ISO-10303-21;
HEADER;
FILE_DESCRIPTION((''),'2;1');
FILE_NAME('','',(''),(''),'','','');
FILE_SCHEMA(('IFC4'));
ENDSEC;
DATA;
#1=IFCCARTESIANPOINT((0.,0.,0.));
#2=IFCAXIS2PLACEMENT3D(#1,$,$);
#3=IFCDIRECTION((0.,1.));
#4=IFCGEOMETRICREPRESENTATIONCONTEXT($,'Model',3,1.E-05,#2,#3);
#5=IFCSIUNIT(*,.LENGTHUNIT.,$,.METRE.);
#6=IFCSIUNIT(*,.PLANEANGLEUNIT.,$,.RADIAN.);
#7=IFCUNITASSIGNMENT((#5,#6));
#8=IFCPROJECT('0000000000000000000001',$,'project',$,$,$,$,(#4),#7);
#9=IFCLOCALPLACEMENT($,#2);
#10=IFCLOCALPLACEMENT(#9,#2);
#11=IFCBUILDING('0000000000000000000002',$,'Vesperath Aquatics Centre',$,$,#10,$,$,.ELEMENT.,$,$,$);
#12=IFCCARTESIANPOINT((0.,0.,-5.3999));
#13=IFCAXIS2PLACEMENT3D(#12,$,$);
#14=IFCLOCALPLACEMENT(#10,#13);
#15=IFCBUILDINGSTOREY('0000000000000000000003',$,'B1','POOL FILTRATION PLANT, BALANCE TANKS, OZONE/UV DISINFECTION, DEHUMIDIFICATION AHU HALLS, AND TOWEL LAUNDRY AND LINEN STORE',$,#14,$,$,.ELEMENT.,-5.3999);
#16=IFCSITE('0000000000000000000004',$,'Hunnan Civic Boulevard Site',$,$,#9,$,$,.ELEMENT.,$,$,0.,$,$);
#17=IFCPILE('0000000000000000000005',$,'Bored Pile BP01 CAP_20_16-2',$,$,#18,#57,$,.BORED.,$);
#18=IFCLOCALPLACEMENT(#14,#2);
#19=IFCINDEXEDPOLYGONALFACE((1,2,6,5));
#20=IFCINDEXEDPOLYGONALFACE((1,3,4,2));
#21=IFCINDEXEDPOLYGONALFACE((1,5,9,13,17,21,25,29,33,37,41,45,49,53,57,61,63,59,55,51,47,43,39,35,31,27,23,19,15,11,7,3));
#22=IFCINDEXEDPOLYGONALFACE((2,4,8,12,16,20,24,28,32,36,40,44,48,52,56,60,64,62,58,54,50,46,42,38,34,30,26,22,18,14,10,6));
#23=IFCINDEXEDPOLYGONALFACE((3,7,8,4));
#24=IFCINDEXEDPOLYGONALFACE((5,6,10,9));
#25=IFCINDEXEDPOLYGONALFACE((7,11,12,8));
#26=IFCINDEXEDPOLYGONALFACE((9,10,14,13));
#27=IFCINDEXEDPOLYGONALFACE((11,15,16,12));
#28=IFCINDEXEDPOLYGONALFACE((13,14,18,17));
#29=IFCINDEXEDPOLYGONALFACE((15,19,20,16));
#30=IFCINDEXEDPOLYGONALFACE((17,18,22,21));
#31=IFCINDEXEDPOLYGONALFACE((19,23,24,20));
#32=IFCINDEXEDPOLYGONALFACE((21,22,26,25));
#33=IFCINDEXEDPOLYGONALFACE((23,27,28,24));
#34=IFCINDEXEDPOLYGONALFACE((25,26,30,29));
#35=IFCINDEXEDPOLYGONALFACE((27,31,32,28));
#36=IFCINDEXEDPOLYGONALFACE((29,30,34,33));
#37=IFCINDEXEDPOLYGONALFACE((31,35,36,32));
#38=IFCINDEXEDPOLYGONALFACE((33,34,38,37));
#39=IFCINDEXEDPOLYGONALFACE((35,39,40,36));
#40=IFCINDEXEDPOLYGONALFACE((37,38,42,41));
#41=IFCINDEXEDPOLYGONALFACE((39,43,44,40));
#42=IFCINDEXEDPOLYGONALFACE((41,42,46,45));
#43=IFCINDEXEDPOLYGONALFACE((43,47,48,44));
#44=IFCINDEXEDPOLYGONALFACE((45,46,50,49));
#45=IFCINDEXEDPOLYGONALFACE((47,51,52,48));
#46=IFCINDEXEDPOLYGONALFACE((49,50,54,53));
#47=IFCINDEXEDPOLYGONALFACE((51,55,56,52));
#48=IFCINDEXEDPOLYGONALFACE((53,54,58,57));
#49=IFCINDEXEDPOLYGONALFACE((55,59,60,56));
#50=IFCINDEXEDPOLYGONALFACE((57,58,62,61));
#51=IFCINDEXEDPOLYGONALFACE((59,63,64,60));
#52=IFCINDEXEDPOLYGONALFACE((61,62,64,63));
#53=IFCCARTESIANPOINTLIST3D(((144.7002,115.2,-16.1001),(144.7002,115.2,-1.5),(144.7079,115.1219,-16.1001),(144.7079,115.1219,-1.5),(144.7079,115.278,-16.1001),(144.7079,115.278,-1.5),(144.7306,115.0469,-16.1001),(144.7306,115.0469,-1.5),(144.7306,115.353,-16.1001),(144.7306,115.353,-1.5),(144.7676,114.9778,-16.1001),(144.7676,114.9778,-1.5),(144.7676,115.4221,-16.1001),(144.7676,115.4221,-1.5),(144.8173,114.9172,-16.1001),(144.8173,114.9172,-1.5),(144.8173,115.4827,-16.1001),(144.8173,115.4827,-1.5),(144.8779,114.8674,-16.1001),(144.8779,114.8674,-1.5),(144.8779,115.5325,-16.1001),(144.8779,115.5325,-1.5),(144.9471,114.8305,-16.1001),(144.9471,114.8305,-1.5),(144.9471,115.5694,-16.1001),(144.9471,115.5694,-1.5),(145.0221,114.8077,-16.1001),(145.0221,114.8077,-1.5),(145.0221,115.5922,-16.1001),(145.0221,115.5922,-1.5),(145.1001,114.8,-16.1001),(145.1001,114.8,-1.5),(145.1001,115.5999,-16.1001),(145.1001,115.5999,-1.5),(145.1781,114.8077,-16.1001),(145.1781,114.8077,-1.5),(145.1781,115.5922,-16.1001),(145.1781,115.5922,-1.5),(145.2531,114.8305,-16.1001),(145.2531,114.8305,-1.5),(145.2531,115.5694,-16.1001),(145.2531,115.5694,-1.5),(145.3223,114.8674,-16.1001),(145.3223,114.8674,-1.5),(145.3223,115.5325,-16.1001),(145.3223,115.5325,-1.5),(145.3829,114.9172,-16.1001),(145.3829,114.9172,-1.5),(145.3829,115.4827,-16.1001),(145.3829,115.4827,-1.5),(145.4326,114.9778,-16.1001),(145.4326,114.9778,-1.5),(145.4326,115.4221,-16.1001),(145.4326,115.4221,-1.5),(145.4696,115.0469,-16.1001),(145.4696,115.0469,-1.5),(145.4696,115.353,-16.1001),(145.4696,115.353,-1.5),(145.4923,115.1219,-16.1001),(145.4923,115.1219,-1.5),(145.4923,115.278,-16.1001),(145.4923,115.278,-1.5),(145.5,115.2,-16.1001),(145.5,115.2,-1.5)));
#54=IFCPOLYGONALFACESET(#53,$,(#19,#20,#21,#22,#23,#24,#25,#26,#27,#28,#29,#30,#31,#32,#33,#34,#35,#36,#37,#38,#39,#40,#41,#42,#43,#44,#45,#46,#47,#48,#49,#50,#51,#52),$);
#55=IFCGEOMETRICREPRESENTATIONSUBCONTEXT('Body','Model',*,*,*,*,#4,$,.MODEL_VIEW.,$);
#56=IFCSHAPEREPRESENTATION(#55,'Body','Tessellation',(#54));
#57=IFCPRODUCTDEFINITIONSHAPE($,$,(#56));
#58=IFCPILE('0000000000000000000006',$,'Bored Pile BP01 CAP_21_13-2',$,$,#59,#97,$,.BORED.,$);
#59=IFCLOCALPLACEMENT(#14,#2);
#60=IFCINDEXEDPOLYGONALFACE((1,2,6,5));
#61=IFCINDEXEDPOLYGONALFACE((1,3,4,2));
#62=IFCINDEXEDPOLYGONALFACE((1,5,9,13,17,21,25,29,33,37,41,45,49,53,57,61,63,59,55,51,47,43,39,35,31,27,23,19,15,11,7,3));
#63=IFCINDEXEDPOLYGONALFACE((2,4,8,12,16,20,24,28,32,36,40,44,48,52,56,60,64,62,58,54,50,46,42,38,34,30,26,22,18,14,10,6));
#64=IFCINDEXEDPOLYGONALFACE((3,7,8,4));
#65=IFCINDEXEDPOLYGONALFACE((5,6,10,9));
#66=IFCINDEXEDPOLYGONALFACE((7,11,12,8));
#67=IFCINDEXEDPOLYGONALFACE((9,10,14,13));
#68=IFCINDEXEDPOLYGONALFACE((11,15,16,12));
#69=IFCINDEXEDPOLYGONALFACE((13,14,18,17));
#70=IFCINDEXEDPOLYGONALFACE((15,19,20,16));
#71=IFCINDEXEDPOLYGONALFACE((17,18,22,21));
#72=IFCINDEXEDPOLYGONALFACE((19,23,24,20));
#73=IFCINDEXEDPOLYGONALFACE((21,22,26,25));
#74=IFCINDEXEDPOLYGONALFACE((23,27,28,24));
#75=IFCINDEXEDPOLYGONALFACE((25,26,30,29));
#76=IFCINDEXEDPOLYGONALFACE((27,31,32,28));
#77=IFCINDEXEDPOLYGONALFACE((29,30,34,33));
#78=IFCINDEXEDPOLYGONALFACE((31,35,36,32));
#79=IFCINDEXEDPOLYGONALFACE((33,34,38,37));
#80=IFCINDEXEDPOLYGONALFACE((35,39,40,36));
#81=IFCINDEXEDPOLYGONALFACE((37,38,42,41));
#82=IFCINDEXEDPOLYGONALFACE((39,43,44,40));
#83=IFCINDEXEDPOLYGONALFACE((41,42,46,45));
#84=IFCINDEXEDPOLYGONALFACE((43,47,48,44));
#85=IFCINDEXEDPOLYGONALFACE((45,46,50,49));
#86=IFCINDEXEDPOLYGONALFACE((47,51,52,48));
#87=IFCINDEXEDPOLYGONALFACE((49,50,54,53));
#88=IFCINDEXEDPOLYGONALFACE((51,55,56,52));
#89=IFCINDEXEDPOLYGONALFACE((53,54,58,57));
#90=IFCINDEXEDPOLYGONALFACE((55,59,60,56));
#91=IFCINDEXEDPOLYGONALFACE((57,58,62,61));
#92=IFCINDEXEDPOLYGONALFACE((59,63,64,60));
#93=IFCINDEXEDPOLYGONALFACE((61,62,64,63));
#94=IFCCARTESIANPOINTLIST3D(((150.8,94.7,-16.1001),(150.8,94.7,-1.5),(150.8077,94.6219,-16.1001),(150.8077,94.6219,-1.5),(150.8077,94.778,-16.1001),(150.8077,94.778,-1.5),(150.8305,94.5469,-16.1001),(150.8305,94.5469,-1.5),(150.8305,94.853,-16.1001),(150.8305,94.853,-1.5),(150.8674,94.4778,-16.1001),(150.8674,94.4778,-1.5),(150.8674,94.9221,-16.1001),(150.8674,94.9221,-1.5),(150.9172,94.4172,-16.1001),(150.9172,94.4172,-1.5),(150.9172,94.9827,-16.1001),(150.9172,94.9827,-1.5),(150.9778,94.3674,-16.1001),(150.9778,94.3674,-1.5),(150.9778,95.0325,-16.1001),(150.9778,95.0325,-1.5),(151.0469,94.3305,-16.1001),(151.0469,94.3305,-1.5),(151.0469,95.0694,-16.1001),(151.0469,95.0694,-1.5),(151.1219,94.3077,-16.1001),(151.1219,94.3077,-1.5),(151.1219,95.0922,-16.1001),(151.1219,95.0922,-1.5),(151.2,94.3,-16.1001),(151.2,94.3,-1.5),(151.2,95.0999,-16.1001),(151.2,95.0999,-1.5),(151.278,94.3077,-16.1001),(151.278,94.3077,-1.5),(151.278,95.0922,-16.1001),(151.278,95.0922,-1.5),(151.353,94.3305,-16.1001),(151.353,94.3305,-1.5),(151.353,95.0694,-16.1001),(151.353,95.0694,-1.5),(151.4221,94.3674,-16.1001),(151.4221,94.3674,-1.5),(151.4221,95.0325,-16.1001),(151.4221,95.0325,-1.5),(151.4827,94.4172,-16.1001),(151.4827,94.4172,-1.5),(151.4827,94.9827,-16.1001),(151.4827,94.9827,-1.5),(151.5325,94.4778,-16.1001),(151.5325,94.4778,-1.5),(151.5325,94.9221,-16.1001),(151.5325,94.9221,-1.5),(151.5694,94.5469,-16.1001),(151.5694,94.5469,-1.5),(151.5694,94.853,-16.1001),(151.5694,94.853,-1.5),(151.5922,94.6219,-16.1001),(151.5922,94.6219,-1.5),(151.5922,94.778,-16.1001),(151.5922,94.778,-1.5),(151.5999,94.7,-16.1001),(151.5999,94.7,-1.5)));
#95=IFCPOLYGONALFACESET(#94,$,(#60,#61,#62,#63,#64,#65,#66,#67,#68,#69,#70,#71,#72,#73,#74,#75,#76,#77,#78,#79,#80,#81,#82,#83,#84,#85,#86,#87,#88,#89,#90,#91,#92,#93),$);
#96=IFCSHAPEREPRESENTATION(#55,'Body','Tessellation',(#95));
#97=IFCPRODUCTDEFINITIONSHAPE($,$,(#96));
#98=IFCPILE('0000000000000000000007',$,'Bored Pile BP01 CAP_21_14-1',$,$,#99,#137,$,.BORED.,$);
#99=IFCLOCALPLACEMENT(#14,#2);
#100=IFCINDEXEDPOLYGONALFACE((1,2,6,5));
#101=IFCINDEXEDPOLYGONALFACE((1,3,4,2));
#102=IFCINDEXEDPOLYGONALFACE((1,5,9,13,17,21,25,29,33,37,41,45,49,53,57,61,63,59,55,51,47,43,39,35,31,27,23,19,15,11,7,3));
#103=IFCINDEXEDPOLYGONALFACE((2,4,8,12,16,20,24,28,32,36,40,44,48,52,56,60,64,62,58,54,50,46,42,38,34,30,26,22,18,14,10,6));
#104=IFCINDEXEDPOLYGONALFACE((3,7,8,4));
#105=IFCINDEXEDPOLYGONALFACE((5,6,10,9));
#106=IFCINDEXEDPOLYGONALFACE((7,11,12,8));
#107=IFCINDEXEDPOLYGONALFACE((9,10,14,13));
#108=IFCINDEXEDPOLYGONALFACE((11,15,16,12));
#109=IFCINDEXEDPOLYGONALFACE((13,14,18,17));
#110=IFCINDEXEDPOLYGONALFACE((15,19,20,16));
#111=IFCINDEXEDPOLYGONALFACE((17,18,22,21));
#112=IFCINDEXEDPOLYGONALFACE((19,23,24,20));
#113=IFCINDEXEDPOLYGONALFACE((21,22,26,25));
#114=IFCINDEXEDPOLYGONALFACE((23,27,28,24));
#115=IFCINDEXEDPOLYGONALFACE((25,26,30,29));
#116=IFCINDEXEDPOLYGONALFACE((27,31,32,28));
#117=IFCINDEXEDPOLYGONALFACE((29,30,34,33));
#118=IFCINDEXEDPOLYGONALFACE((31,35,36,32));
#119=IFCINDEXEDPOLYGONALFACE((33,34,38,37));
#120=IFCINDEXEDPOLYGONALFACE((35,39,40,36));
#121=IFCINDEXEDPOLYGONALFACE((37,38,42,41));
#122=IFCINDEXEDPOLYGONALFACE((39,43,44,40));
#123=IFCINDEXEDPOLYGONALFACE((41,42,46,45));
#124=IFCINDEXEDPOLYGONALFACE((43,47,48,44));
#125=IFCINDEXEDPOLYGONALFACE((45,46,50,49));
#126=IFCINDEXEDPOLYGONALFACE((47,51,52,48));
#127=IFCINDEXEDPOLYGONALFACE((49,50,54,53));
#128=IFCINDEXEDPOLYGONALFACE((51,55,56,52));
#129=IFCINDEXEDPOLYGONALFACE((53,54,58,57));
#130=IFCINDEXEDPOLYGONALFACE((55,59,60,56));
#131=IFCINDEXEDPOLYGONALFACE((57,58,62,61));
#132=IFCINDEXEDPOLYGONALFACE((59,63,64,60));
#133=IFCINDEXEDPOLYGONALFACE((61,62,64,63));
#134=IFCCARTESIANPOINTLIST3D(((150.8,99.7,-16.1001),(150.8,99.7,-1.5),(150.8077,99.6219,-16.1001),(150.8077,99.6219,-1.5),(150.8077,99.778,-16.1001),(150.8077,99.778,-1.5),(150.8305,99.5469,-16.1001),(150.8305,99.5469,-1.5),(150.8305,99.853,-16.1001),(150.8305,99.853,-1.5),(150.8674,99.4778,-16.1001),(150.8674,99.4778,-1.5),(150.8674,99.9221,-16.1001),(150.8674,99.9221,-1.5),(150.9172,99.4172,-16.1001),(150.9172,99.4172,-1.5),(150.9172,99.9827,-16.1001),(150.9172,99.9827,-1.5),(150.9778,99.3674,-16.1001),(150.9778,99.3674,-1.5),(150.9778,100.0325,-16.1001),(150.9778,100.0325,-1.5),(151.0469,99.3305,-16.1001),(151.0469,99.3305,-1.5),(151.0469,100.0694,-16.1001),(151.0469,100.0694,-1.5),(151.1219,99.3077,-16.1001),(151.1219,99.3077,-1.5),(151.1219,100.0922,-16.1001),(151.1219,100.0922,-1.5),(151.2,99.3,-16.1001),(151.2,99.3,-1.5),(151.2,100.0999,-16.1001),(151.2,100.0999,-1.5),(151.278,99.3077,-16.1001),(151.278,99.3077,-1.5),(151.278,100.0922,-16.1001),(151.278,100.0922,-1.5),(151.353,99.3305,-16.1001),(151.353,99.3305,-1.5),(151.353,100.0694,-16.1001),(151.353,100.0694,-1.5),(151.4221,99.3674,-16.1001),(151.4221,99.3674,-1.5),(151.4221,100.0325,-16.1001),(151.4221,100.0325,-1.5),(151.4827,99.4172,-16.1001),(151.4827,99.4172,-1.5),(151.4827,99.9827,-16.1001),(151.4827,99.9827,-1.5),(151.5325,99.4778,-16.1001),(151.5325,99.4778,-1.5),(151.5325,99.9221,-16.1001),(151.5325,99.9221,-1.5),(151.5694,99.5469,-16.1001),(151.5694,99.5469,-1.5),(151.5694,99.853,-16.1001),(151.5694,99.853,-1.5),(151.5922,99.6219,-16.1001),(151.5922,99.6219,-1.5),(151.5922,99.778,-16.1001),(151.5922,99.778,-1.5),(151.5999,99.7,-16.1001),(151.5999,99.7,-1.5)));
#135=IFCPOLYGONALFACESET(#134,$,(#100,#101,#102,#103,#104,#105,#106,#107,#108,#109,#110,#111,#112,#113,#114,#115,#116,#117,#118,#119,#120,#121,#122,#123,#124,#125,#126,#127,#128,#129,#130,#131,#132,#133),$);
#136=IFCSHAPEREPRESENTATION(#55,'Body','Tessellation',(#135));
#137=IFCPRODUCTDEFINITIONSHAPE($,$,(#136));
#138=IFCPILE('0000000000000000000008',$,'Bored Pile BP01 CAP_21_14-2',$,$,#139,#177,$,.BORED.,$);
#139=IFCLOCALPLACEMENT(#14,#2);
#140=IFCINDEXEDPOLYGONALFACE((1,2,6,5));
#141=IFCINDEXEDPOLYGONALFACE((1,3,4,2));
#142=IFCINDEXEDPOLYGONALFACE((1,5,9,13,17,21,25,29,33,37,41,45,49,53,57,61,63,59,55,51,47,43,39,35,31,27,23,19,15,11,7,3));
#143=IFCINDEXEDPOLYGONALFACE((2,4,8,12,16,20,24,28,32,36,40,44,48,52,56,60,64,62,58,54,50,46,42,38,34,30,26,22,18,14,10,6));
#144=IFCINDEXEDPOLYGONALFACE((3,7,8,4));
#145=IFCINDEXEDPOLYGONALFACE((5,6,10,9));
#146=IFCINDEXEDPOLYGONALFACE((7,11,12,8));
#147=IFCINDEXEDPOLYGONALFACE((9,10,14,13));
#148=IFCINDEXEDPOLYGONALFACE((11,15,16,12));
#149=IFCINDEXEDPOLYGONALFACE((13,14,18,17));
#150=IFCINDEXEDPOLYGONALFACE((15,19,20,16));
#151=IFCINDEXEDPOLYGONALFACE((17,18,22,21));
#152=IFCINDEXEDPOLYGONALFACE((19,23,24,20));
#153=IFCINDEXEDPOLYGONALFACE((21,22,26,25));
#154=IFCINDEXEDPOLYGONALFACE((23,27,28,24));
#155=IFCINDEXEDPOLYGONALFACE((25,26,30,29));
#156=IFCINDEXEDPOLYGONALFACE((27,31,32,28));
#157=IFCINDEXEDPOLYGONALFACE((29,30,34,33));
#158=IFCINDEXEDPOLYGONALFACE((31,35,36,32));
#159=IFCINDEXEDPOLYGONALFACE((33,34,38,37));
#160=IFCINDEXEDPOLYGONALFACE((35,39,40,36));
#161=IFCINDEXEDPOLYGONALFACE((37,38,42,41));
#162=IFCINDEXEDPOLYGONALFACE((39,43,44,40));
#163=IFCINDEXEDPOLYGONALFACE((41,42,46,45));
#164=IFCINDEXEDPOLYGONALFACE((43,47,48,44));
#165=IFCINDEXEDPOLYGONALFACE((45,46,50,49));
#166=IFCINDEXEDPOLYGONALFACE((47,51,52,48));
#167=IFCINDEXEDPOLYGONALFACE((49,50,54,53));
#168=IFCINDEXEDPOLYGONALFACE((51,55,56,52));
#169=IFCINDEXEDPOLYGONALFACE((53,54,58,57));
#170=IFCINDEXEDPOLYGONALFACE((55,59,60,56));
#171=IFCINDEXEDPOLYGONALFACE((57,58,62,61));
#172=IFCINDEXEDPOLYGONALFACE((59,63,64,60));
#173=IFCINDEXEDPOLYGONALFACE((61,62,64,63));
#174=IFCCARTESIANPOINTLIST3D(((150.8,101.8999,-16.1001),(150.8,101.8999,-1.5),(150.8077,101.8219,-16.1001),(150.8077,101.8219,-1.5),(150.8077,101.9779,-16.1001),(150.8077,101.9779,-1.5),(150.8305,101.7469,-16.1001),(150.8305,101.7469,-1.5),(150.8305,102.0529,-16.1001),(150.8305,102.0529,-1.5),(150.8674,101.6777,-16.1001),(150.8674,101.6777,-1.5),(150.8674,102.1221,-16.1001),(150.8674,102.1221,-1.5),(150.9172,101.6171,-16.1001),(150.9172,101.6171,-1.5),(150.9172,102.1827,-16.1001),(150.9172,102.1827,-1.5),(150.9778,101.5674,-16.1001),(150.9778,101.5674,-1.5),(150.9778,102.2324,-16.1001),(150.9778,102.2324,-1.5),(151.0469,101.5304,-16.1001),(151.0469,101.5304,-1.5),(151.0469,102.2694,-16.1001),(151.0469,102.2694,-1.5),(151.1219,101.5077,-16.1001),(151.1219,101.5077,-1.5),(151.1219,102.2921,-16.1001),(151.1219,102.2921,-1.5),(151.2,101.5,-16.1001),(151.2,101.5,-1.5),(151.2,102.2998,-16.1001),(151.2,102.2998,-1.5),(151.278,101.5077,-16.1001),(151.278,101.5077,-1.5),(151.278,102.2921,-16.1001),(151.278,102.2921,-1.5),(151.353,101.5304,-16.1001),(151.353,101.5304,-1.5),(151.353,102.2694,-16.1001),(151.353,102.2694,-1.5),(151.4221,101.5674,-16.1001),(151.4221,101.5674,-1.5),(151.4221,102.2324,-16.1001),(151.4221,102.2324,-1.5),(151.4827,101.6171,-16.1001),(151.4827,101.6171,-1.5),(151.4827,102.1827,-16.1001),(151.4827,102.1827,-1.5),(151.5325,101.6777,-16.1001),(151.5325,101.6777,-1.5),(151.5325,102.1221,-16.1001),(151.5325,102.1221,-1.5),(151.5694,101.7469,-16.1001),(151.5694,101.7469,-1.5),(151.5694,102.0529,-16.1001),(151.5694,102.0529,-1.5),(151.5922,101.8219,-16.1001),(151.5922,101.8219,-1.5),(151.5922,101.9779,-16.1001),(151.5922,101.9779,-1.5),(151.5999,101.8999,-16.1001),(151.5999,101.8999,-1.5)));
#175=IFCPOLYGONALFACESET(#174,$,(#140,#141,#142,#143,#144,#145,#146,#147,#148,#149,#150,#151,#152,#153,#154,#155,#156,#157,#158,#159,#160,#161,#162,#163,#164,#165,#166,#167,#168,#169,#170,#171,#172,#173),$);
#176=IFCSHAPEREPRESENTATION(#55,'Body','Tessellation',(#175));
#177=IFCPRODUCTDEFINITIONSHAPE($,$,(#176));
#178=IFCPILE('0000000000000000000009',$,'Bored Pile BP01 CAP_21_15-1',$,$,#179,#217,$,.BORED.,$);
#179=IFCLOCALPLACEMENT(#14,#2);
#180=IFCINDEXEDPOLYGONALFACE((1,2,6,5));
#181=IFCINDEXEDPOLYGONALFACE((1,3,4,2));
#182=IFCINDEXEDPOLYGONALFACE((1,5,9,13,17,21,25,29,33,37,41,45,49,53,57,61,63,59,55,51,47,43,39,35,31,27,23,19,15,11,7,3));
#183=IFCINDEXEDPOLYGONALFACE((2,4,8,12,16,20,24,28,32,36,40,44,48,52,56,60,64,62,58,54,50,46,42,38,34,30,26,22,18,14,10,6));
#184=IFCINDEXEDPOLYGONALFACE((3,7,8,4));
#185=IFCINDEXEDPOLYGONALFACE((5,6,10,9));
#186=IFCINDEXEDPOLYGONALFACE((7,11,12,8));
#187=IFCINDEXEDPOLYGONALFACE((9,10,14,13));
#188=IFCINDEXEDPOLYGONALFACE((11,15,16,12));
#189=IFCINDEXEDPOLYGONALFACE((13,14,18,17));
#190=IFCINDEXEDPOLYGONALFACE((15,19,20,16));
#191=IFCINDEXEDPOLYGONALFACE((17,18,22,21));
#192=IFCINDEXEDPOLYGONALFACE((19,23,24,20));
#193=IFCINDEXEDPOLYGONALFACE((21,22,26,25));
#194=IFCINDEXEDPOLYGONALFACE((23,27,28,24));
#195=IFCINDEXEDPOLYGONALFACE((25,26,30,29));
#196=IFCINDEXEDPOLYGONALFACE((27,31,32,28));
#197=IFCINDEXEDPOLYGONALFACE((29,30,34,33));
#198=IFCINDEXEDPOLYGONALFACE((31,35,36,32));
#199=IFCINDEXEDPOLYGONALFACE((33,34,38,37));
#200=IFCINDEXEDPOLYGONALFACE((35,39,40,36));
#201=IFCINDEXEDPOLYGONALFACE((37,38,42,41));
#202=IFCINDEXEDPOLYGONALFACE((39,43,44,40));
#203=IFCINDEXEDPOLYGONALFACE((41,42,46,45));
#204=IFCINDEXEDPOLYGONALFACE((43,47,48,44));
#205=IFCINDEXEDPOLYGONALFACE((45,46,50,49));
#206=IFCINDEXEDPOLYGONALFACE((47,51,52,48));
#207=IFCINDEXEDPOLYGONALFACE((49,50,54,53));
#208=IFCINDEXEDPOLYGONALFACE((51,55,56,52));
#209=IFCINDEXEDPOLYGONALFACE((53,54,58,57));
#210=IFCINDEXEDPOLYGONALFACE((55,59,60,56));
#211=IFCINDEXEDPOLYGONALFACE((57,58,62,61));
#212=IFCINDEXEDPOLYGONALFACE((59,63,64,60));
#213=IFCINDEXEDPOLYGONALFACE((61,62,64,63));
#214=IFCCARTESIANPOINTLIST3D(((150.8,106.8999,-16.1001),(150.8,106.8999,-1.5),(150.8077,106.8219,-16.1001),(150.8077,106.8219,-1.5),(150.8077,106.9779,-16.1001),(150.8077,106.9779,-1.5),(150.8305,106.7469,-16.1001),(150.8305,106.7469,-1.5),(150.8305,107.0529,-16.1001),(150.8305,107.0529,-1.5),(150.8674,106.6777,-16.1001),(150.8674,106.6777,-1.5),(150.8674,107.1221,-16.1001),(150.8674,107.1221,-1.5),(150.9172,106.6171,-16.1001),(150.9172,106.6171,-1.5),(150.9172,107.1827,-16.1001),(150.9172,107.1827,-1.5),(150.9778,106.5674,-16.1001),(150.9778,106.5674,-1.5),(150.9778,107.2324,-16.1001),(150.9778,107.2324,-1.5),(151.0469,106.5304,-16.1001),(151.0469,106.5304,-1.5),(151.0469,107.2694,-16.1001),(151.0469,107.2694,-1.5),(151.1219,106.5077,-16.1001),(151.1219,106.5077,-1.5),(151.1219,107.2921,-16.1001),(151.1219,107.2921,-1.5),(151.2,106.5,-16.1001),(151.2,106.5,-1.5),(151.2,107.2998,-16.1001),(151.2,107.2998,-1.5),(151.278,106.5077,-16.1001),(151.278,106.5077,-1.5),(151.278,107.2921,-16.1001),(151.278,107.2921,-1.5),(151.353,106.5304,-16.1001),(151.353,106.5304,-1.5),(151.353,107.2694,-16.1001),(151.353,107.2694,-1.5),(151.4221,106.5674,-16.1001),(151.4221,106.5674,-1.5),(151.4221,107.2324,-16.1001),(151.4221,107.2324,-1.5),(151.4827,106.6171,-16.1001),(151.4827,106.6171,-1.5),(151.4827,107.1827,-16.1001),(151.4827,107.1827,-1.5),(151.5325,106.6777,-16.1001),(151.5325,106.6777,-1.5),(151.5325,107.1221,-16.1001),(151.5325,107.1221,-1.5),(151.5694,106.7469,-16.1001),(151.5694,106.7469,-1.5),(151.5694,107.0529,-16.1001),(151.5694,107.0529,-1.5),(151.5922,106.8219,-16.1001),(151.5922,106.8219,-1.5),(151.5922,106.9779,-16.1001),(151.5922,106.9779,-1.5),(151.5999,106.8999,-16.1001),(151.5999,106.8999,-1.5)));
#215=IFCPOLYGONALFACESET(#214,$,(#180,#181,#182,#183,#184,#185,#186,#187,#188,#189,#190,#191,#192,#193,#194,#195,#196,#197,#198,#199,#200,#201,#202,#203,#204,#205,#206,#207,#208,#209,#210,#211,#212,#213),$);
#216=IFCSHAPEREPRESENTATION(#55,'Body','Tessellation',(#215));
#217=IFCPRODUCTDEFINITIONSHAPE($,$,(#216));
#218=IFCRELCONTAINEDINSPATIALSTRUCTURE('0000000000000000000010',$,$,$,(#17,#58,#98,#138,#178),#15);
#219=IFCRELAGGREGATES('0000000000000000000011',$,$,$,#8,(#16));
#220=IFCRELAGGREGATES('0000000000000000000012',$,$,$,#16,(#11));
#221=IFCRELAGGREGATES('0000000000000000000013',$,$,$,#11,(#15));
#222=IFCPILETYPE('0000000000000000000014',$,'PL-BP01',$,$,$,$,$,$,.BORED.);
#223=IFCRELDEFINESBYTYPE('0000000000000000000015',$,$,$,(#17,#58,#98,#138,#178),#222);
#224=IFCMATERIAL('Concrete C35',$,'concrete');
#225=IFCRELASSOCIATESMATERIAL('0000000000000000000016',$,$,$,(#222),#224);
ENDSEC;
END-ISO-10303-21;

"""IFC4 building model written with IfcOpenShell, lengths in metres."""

from ifc_helpers import new_model, si_unit, direction, frame, origin, origin_2d, place, context, subcontext, project, spatial, circle, extrude, material, material_profile, profile_set, type_object, element, save


model = new_model("IFC4")

# Units and contexts
model_context = context("Model", 3, precision=1e-05, world=origin(), true_north=direction((0.0, 1.0)))
body_context = subcontext(model_context, "Body", "Model", "MODEL_VIEW")
ifc_project = project(units=[si_unit("LENGTHUNIT", "METRE"), si_unit("PLANEANGLEUNIT", "RADIAN")], contexts=[model_context])

# Site, building, storey
site_placement = place(None, origin())
site = spatial("IfcSite", under=ifc_project, at=site_placement, Name="Hunnan Civic Boulevard Site", CompositionType="ELEMENT", RefElevation=0.0)
building_placement = place(site_placement, origin())
building = spatial("IfcBuilding", under=site, at=building_placement, Name="Vesperath Aquatics Centre", CompositionType="ELEMENT")
storey_placement = place(building_placement, frame((0.0, 0.0, -5.3999)))
storey = spatial("IfcBuildingStorey", under=building, at=storey_placement, Name="B1", Description="POOL FILTRATION PLANT, BALANCE TANKS, OZONE/UV DISINFECTION, DEHUMIDIFICATION AHU HALLS, AND TOWEL LAUNDRY AND LINEN STORE", CompositionType="ELEMENT", Elevation=-5.3999)

# Piles
ifc_material_1 = material(Name="Concrete C35", Category="concrete")
ifc_material_profile_1 = material_profile(ifc_material_1, circle(Radius=0.3999, at=origin_2d()), Name="PILE D800")
ifc_profile_set_1 = profile_set([ifc_material_profile_1], Name="Concrete C35")
pile_type = type_object("IfcPileType", Name="PL-BP01", PredefinedType="BORED", material=ifc_profile_set_1)
for number, where, z_axis, x_axis, name in (
    (1, (145.1001, 115.2, -1.5), (0.0, 0.0, -1.0), (1.0, 0.0, 0.0), "Bored Pile BP01 CAP_20_16-2"),
    (2, (151.2, 94.7, -1.5), (0.0, 0.0, -1.0), (1.0, 0.0, 0.0), "Bored Pile BP01 CAP_21_13-2"),
    (3, (151.2, 99.7, -1.5), (0.0, 0.0, -1.0), (1.0, 0.0, 0.0), "Bored Pile BP01 CAP_21_14-1"),
    (4, (151.2, 101.8999, -1.5), (0.0, 0.0, -1.0), (1.0, 0.0, 0.0), "Bored Pile BP01 CAP_21_14-2"),
    (5, (151.2, 106.8999, -1.5), (0.0, 0.0, -1.0), (1.0, 0.0, 0.0), "Bored Pile BP01 CAP_21_15-1"),
):
    element("IfcPile", number, at=place(storey_placement, frame(where, z_axis=z_axis, x_axis=x_axis)), inside=storey, type_object=pile_type, Name=name, PredefinedType="BORED", context=body_context, shape_type="SweptSolid", body=[
        extrude(circle(Radius=0.3999, at=origin_2d()), origin(), (0.0, 0.0, 1.0), 14.6001),
    ])

save(model, "model.ifc")
